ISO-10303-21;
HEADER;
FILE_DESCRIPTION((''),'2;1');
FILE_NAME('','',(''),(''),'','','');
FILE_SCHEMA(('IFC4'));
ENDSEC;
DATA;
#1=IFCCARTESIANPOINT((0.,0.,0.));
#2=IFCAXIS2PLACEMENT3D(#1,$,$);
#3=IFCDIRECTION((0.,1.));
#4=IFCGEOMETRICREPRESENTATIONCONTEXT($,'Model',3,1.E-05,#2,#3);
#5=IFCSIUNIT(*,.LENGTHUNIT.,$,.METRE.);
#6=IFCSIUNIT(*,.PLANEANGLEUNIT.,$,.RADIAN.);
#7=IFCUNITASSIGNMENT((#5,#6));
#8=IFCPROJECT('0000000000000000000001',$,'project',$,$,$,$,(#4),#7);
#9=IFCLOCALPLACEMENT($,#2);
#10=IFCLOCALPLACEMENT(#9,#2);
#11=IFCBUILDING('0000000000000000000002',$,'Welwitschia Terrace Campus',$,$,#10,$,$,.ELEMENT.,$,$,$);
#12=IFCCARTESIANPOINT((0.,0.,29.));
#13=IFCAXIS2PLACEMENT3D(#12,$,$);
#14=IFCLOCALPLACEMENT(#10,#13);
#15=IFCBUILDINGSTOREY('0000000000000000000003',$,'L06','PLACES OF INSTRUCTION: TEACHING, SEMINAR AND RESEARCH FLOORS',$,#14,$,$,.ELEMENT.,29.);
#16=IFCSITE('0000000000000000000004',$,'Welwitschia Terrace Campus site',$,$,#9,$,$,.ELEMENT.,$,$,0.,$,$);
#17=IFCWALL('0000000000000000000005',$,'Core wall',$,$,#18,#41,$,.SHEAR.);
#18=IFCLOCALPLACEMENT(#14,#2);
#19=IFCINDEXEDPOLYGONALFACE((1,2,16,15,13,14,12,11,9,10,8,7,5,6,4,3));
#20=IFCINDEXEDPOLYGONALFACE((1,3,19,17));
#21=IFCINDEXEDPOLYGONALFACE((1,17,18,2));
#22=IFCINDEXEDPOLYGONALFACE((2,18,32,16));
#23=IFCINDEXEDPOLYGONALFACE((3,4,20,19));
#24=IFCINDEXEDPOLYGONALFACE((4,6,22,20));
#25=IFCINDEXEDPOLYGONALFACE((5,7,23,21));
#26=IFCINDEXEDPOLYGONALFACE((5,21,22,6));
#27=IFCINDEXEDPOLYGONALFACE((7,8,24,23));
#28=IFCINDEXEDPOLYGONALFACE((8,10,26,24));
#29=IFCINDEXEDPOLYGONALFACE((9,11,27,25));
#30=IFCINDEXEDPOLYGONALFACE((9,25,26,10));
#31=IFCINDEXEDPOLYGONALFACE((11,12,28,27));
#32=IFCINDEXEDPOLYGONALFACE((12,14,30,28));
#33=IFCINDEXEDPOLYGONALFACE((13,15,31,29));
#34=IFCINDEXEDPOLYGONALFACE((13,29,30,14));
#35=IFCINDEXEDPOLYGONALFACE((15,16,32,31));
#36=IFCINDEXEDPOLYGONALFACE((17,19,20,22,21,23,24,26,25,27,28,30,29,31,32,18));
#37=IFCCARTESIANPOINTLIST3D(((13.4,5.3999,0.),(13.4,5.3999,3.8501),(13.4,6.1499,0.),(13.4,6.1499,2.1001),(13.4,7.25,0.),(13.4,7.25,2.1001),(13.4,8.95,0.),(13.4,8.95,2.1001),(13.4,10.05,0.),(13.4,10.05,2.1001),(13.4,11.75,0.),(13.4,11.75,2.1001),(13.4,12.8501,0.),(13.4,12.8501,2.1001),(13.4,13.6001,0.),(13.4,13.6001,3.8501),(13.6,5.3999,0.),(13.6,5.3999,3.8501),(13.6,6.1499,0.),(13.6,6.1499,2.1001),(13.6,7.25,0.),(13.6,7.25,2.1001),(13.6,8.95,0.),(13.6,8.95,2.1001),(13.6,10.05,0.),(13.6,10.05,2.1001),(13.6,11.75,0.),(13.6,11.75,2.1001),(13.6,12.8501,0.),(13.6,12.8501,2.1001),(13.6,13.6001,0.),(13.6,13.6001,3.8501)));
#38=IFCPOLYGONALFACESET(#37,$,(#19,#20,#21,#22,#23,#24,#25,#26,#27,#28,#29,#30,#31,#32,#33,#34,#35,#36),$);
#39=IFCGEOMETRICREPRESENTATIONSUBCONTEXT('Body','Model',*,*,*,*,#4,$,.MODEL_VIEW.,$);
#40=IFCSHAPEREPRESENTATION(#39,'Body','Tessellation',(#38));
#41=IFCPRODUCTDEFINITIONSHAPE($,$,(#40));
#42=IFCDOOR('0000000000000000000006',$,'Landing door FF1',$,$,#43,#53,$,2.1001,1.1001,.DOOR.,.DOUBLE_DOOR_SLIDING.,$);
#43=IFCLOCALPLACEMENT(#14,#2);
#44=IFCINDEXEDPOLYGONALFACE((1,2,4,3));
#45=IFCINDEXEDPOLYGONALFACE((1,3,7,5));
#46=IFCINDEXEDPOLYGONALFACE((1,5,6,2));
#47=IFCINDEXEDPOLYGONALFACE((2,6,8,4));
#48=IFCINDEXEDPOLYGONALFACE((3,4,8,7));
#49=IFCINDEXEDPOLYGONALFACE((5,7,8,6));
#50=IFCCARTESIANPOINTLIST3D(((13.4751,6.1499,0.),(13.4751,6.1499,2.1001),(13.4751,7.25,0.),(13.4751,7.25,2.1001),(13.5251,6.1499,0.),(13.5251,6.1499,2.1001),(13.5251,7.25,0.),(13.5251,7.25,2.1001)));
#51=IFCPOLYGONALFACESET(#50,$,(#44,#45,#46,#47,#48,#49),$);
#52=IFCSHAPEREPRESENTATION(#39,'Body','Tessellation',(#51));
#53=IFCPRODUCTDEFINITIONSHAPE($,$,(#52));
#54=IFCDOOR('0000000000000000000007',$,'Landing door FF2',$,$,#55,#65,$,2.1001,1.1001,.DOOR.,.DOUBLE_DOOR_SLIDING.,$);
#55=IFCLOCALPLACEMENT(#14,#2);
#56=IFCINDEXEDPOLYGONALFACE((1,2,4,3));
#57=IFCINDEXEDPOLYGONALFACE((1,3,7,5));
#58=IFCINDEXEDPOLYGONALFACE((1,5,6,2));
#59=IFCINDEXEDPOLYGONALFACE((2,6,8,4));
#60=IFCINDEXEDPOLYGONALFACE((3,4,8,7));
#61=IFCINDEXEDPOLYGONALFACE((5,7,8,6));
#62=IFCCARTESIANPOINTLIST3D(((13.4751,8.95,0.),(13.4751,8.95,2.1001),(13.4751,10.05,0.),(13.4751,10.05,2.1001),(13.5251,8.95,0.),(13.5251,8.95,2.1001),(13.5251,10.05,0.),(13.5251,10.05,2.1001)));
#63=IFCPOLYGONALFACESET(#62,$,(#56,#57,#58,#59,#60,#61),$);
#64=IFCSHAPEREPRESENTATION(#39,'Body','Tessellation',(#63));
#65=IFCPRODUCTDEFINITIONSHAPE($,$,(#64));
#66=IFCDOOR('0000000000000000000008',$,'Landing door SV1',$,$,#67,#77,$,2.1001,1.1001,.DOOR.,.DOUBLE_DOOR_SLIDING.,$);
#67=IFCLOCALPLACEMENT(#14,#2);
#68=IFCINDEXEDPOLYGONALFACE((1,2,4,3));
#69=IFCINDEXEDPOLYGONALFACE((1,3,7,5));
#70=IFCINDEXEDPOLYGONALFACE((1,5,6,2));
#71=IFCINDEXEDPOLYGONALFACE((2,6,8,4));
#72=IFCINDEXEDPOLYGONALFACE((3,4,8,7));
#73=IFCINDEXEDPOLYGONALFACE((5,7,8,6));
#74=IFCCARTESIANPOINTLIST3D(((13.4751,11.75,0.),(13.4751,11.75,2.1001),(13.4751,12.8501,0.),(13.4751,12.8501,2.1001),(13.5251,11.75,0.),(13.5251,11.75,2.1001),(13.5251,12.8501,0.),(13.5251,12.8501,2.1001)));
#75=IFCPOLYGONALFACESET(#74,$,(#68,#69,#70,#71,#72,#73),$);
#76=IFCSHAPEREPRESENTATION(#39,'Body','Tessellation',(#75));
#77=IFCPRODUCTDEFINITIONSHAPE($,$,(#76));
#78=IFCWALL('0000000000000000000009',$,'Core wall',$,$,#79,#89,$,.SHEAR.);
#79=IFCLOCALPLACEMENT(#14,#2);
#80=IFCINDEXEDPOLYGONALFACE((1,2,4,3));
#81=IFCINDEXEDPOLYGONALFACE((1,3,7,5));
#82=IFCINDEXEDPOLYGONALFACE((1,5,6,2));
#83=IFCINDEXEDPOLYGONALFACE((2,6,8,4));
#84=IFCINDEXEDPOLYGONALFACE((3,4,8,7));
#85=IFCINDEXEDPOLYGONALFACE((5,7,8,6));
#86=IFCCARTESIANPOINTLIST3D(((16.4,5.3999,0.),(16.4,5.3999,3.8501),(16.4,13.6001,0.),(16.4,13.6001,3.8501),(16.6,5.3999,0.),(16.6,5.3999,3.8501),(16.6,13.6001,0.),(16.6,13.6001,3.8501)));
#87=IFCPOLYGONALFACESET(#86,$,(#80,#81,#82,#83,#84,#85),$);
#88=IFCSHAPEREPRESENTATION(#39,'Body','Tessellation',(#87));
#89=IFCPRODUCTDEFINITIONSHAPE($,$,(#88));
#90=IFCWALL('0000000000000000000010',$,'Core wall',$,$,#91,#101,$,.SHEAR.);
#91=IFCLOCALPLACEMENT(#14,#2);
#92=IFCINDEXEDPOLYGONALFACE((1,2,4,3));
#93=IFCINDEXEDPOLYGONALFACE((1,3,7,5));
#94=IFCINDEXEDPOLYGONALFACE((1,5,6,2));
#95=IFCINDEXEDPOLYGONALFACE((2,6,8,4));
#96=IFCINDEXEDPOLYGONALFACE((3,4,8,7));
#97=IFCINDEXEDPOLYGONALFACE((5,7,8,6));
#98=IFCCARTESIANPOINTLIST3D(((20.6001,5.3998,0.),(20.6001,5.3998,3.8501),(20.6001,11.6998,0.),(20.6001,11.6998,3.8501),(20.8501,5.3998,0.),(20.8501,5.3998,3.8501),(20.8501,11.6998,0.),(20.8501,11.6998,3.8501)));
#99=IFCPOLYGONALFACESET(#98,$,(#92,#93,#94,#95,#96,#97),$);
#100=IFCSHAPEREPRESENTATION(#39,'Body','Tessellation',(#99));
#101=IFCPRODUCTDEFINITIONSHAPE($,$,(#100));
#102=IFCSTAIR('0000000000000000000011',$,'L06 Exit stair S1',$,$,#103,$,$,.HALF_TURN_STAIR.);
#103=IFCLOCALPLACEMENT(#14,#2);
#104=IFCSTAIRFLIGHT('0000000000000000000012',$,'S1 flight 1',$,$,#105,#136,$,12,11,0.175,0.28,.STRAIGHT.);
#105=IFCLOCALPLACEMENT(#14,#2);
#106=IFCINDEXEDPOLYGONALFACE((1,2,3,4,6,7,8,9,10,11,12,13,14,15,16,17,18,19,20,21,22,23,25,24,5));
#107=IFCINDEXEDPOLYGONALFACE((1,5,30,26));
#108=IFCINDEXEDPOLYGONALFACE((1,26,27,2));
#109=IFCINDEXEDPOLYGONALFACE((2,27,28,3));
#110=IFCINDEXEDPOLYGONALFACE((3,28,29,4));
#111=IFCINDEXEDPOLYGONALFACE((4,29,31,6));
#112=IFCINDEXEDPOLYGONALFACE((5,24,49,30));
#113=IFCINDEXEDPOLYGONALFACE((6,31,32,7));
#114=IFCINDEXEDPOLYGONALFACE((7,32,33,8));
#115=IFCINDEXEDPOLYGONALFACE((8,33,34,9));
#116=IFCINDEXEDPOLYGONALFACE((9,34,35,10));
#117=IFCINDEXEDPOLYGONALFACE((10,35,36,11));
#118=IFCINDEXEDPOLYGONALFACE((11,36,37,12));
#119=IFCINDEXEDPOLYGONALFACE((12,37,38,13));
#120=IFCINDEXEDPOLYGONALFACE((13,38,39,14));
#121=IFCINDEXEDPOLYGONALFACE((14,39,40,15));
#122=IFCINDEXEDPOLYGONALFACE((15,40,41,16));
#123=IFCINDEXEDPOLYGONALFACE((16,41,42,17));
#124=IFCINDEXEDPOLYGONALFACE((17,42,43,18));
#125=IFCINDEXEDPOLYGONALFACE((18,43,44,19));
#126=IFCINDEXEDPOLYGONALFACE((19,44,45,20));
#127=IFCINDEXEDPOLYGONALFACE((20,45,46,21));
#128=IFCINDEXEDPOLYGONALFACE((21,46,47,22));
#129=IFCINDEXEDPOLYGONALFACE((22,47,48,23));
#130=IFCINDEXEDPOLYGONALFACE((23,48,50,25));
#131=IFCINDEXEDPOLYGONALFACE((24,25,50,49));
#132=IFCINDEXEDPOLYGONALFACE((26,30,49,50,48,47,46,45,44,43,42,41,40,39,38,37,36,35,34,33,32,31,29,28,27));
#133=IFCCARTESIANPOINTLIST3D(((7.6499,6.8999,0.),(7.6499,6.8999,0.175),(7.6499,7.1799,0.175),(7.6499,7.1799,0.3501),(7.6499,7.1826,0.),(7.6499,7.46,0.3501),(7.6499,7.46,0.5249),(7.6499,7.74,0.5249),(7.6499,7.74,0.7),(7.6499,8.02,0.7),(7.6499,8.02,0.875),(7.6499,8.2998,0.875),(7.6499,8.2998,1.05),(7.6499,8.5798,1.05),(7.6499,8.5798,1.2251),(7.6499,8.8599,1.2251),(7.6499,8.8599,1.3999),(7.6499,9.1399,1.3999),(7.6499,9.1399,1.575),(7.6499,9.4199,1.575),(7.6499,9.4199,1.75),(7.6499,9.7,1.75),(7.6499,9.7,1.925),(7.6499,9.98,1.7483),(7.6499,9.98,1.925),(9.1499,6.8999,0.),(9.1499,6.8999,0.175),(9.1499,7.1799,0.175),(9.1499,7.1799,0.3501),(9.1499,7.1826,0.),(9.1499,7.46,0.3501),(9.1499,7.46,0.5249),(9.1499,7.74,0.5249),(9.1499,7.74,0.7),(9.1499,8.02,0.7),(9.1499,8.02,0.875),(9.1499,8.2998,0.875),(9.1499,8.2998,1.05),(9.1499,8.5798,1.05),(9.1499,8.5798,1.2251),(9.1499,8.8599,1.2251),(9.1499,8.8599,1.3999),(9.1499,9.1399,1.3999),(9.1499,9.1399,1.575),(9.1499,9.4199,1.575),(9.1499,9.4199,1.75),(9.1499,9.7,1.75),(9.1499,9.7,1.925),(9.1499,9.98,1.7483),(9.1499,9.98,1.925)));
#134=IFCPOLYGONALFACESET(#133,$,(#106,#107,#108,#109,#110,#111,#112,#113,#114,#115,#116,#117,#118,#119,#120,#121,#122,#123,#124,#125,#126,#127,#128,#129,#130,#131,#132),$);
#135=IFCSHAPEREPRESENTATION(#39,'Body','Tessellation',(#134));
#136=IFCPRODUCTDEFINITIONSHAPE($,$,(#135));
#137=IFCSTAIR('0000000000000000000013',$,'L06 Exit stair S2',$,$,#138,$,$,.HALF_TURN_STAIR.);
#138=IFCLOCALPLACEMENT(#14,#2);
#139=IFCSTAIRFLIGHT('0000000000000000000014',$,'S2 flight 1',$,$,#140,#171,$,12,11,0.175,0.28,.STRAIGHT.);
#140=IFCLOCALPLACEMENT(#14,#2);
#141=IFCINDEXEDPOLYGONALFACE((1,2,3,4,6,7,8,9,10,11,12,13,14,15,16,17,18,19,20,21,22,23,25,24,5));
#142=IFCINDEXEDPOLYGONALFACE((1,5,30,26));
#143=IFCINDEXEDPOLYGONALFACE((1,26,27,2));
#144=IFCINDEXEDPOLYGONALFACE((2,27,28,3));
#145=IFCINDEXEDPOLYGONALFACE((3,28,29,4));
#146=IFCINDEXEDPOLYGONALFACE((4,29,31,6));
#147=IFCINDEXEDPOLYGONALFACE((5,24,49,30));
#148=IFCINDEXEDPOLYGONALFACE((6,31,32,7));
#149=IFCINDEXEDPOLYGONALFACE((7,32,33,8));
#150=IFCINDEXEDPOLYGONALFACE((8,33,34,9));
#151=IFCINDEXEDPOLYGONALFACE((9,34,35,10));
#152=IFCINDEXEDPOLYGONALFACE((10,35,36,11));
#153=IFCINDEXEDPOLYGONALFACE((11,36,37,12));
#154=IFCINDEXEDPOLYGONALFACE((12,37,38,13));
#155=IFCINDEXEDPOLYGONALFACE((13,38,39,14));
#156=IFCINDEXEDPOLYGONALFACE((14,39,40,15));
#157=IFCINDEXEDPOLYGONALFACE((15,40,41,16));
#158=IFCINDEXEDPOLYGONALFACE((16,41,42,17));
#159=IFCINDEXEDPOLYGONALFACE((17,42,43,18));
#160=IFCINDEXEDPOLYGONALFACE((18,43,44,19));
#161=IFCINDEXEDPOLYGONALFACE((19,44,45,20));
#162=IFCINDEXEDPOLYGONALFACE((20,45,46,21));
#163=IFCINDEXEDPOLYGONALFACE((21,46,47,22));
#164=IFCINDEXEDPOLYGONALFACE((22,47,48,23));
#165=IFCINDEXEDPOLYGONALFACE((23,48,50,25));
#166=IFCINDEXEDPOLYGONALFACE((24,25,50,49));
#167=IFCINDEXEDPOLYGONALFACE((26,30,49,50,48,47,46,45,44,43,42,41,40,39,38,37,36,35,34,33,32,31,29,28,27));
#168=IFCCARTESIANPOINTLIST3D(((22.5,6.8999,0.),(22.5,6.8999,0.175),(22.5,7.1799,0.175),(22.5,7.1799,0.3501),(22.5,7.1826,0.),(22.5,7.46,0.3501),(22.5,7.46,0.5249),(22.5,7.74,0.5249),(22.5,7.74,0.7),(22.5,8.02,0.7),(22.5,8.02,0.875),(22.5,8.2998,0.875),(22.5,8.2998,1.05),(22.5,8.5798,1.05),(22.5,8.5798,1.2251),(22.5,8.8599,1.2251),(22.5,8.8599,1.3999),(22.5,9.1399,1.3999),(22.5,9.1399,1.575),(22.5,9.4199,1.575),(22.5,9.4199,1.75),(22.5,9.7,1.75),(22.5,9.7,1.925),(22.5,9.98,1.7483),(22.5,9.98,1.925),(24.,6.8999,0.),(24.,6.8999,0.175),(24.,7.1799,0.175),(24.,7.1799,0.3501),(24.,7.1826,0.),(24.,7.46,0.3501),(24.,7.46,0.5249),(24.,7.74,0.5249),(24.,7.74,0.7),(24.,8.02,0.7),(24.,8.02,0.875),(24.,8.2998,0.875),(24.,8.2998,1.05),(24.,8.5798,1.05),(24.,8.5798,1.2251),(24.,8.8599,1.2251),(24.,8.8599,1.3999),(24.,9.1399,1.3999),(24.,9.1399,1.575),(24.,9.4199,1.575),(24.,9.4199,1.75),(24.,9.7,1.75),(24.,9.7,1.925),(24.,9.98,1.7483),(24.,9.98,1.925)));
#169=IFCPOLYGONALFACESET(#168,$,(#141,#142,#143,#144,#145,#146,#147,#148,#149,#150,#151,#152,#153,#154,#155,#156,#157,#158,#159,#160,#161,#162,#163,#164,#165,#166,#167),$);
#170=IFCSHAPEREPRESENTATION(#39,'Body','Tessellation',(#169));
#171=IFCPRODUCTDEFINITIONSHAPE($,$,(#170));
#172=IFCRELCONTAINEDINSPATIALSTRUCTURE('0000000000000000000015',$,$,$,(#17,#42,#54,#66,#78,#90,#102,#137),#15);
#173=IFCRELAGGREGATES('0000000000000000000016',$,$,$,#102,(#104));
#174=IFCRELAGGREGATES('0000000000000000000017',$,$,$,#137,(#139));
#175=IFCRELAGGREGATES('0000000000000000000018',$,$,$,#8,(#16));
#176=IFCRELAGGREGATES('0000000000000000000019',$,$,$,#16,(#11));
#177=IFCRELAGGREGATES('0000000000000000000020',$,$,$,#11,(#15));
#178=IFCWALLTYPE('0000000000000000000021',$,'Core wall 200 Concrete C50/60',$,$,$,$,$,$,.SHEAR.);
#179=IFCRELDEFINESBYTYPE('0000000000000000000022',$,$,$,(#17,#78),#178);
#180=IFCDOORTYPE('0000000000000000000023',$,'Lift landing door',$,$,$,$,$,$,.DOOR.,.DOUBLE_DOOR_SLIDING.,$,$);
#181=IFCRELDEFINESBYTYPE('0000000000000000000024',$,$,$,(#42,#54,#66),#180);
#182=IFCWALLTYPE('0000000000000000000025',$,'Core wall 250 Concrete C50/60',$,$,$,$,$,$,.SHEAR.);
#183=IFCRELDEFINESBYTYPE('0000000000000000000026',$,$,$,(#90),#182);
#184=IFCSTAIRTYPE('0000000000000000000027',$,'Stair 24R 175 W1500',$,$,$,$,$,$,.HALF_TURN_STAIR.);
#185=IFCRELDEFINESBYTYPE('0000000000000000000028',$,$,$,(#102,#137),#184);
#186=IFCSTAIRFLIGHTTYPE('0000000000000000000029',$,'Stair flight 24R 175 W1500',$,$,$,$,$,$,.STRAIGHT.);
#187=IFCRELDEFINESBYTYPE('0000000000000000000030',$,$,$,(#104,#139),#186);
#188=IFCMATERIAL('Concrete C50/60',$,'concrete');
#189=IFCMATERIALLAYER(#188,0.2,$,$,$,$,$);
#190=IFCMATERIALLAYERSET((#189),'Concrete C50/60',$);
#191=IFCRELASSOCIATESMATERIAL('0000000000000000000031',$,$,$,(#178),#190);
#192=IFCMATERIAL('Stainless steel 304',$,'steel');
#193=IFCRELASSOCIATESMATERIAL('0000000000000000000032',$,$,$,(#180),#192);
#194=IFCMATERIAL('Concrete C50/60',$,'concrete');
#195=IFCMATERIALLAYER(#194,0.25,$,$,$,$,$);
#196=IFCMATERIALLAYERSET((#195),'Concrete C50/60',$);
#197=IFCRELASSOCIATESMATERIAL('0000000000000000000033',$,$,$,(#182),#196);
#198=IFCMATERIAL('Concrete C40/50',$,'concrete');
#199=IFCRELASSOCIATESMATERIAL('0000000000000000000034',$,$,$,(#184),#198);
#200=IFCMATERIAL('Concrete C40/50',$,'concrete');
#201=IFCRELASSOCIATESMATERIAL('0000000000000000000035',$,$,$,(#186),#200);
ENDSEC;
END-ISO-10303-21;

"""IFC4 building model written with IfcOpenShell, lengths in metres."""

from ifc_helpers import new_model, si_unit, direction, frame, frame_2d, origin, place, context, subcontext, project, spatial, polyline, rectangle, outline, extrude, material, layer, layer_set, type_object, element, fill, aggregate, save


model = new_model("IFC4")

# Units and contexts
model_context = context("Model", 3, precision=1e-05, world=origin(), true_north=direction((0.0, 1.0)))
body_context = subcontext(model_context, "Body", "Model", "MODEL_VIEW")
ifc_project = project(units=[si_unit("LENGTHUNIT", "METRE"), si_unit("PLANEANGLEUNIT", "RADIAN")], contexts=[model_context])

# Site, building, storey
site_placement = place(None, origin())
site = spatial("IfcSite", under=ifc_project, at=site_placement, Name="Welwitschia Terrace Campus site", CompositionType="ELEMENT", RefElevation=0.0)
building_placement = place(site_placement, origin())
building = spatial("IfcBuilding", under=site, at=building_placement, Name="Welwitschia Terrace Campus", CompositionType="ELEMENT")
storey_placement = place(building_placement, frame((0.0, 0.0, 29.0)))
storey = spatial("IfcBuildingStorey", under=building, at=storey_placement, Name="L06", Description="PLACES OF INSTRUCTION: TEACHING, SEMINAR AND RESEARCH FLOORS", CompositionType="ELEMENT", Elevation=29.0)

# Wall, openings, doors
ifc_material_1 = material(Name="Concrete C50/60", Category="concrete")
ifc_layer_1 = layer(ifc_material_1, 0.2)
ifc_layer_set_1 = layer_set([ifc_layer_1], Name="Concrete C50/60")
wall_type_1 = type_object("IfcWallType", Name="Core wall 200 Concrete C50/60", PredefinedType="SHEAR", material=ifc_layer_set_1)
wall_1_placement = place(storey_placement, frame((13.5, 5.3999, 0.0), z_axis=(0.0, 0.0, 1.0), x_axis=(0.0, 1.0, 0.0)))
wall_1 = element("IfcWall", 1, at=wall_1_placement, inside=storey, type_object=wall_type_1, Name="Core wall", PredefinedType="SHEAR", context=body_context, shape_type="SweptSolid", body=[
    extrude(rectangle(XDim=8.2002, YDim=0.2, at=frame_2d((4.1001, 0.0))), origin(), (0.0, 0.0, 1.0), 3.8501),
])
opening_1_placement = place(wall_1_placement, frame((0.75, 0.0, 0.0)))
opening_1 = element("IfcOpeningElement", 2, at=opening_1_placement, cuts=wall_1, PredefinedType="OPENING", context=body_context, shape_type="SweptSolid", body=[
    extrude(rectangle(XDim=1.1001, YDim=2.1001, at=frame_2d((0.55, 1.05))), frame((0.0, 0.1099, 0.0), z_axis=(0.0, -1.0, 0.0), x_axis=(1.0, 0.0, 0.0)), (0.0, 0.0, 1.0), 0.22),
])
opening_2_placement = place(wall_1_placement, frame((3.55, 0.0, 0.0)))
opening_2 = element("IfcOpeningElement", 3, at=opening_2_placement, cuts=wall_1, PredefinedType="OPENING", context=body_context, shape_type="SweptSolid", body=[
    extrude(rectangle(XDim=1.1001, YDim=2.1001, at=frame_2d((0.55, 1.05))), frame((0.0, 0.1099, 0.0), z_axis=(0.0, -1.0, 0.0), x_axis=(1.0, 0.0, 0.0)), (0.0, 0.0, 1.0), 0.22),
])
opening_3_placement = place(wall_1_placement, frame((6.3501, 0.0, 0.0)))
opening_3 = element("IfcOpeningElement", 4, at=opening_3_placement, cuts=wall_1, PredefinedType="OPENING", context=body_context, shape_type="SweptSolid", body=[
    extrude(rectangle(XDim=1.1001, YDim=2.1001, at=frame_2d((0.55, 1.05))), frame((0.0, 0.1099, 0.0), z_axis=(0.0, -1.0, 0.0), x_axis=(1.0, 0.0, 0.0)), (0.0, 0.0, 1.0), 0.22),
])
ifc_material_2 = material(Name="Stainless steel 304", Category="steel")
door_type = type_object("IfcDoorType", Name="Lift landing door", OperationType="DOUBLE_DOOR_SLIDING", PredefinedType="DOOR", material=ifc_material_2)
door_1_placement = place(opening_1_placement, origin())
door_1 = element("IfcDoor", 5, at=door_1_placement, inside=storey, type_object=door_type, Name="Landing door FF1", OperationType="DOUBLE_DOOR_SLIDING", OverallHeight=2.1001, OverallWidth=1.1001, PredefinedType="DOOR", context=body_context, shape_type="SweptSolid", body=[
    extrude(rectangle(XDim=1.1001, YDim=2.1001, at=frame_2d((0.55, 1.05))), frame((0.0, 0.0249, 0.0), z_axis=(0.0, -1.0, 0.0), x_axis=(1.0, 0.0, 0.0)), (0.0, 0.0, 1.0), 0.05),
])
fill(opening_1, door_1)
door_2_placement = place(opening_2_placement, origin())
door_2 = element("IfcDoor", 6, at=door_2_placement, inside=storey, type_object=door_type, Name="Landing door FF2", OperationType="DOUBLE_DOOR_SLIDING", OverallHeight=2.1001, OverallWidth=1.1001, PredefinedType="DOOR", context=body_context, shape_type="SweptSolid", body=[
    extrude(rectangle(XDim=1.1001, YDim=2.1001, at=frame_2d((0.55, 1.05))), frame((0.0, 0.0249, 0.0), z_axis=(0.0, -1.0, 0.0), x_axis=(1.0, 0.0, 0.0)), (0.0, 0.0, 1.0), 0.05),
])
fill(opening_2, door_2)
door_3_placement = place(opening_3_placement, origin())
door_3 = element("IfcDoor", 7, at=door_3_placement, inside=storey, type_object=door_type, Name="Landing door SV1", OperationType="DOUBLE_DOOR_SLIDING", OverallHeight=2.1001, OverallWidth=1.1001, PredefinedType="DOOR", context=body_context, shape_type="SweptSolid", body=[
    extrude(rectangle(XDim=1.1001, YDim=2.1001, at=frame_2d((0.55, 1.05))), frame((0.0, 0.0249, 0.0), z_axis=(0.0, -1.0, 0.0), x_axis=(1.0, 0.0, 0.0)), (0.0, 0.0, 1.0), 0.05),
])
fill(opening_3, door_3)

# Walls
wall_2_placement = place(storey_placement, frame((16.5, 5.3999, 0.0), z_axis=(0.0, 0.0, 1.0), x_axis=(0.0, 1.0, 0.0)))
element("IfcWall", 8, at=wall_2_placement, inside=storey, type_object=wall_type_1, Name="Core wall", PredefinedType="SHEAR", context=body_context, shape_type="SweptSolid", body=[
    extrude(rectangle(XDim=8.2002, YDim=0.2, at=frame_2d((4.1001, 0.0))), origin(), (0.0, 0.0, 1.0), 3.8501),
])
ifc_material_3 = material(Name="Concrete C50/60", Category="concrete")
ifc_layer_2 = layer(ifc_material_3, 0.25)
ifc_layer_set_2 = layer_set([ifc_layer_2], Name="Concrete C50/60")
wall_type_2 = type_object("IfcWallType", Name="Core wall 250 Concrete C50/60", PredefinedType="SHEAR", material=ifc_layer_set_2)
wall_3_placement = place(storey_placement, frame((20.7251, 5.3999, 0.0), z_axis=(0.0, 0.0, 1.0), x_axis=(0.0, 1.0, 0.0)))
element("IfcWall", 9, at=wall_3_placement, inside=storey, type_object=wall_type_2, Name="Core wall", PredefinedType="SHEAR", context=body_context, shape_type="SweptSolid", body=[
    extrude(rectangle(XDim=6.3, YDim=0.25, at=frame_2d((3.1499, 0.0))), origin(), (0.0, 0.0, 1.0), 3.8501),
])

# Stairs, stair flights
ifc_material_4 = material(Name="Concrete C40/50", Category="concrete")
stair_type = type_object("IfcStairType", Name="Stair 24R 175 W1500", PredefinedType="HALF_TURN_STAIR", material=ifc_material_4)
stair_1_placement = place(storey_placement, origin())
stair_1 = element("IfcStair", 10, at=stair_1_placement, inside=storey, type_object=stair_type, Name="L06 Exit stair S1", PredefinedType="HALF_TURN_STAIR")
ifc_material_5 = material(Name="Concrete C40/50", Category="concrete")
stair_flight_type = type_object("IfcStairFlightType", Name="Stair flight 24R 175 W1500", PredefinedType="STRAIGHT", material=ifc_material_5)
stair_flight_1_placement = place(storey_placement, frame((8.3999, 6.8999, 0.0), z_axis=(0.0, 0.0, 1.0), x_axis=(0.0, 1.0, 0.0)))
stair_flight_1 = element("IfcStairFlight", 11, at=stair_flight_1_placement, type_object=stair_flight_type, Name="S1 flight 1", NumberOfRisers=12, NumberOfTreads=11, PredefinedType="STRAIGHT", RiserHeight=0.175, TreadLength=0.28, context=body_context, shape_type="SweptSolid", body=[
    extrude(outline(polyline([(0.0, 0.0), (0.0, 0.175), (0.28, 0.175), (0.28, 0.3501), (0.5601, 0.3501), (0.5601, 0.5249), (0.8401, 0.5249), (0.8401, 0.7), (1.1201, 0.7), (1.1201, 0.875), (1.3999, 0.875), (1.3999, 1.05), (1.6799, 1.05), (1.6799, 1.2251), (1.96, 1.2251), (1.96, 1.3999), (2.24, 1.3999), (2.24, 1.575), (2.52, 1.575), (2.52, 1.75), (2.8, 1.75), (2.8, 1.925), (3.0801, 1.925), (3.0801, 2.1001), (3.0801, 1.7483), (0.2827, 0.0), (0.0, 0.0)])), frame((0.0, 0.75, 0.0), z_axis=(0.0, -1.0, 0.0), x_axis=(1.0, 0.0, 0.0)), (0.0, 0.0, 1.0), 1.5),
])
aggregate(stair_1, [stair_flight_1])
stair_2_placement = place(storey_placement, origin())
stair_2 = element("IfcStair", 12, at=stair_2_placement, inside=storey, type_object=stair_type, Name="L06 Exit stair S2", PredefinedType="HALF_TURN_STAIR")
stair_flight_2_placement = place(storey_placement, frame((23.25, 6.8999, 0.0), z_axis=(0.0, 0.0, 1.0), x_axis=(0.0, 1.0, 0.0)))
stair_flight_2 = element("IfcStairFlight", 13, at=stair_flight_2_placement, type_object=stair_flight_type, Name="S2 flight 1", NumberOfRisers=12, NumberOfTreads=11, PredefinedType="STRAIGHT", RiserHeight=0.175, TreadLength=0.28, context=body_context, shape_type="SweptSolid", body=[
    extrude(outline(polyline([(0.0, 0.0), (0.0, 0.175), (0.28, 0.175), (0.28, 0.3501), (0.5601, 0.3501), (0.5601, 0.5249), (0.8401, 0.5249), (0.8401, 0.7), (1.1201, 0.7), (1.1201, 0.875), (1.3999, 0.875), (1.3999, 1.05), (1.6799, 1.05), (1.6799, 1.2251), (1.96, 1.2251), (1.96, 1.3999), (2.24, 1.3999), (2.24, 1.575), (2.52, 1.575), (2.52, 1.75), (2.8, 1.75), (2.8, 1.925), (3.0801, 1.925), (3.0801, 2.1001), (3.0801, 1.7483), (0.2827, 0.0), (0.0, 0.0)])), frame((0.0, 0.75, 0.0), z_axis=(0.0, -1.0, 0.0), x_axis=(1.0, 0.0, 0.0)), (0.0, 0.0, 1.0), 1.5),
])
aggregate(stair_2, [stair_flight_2])

save(model, "model.ifc")
